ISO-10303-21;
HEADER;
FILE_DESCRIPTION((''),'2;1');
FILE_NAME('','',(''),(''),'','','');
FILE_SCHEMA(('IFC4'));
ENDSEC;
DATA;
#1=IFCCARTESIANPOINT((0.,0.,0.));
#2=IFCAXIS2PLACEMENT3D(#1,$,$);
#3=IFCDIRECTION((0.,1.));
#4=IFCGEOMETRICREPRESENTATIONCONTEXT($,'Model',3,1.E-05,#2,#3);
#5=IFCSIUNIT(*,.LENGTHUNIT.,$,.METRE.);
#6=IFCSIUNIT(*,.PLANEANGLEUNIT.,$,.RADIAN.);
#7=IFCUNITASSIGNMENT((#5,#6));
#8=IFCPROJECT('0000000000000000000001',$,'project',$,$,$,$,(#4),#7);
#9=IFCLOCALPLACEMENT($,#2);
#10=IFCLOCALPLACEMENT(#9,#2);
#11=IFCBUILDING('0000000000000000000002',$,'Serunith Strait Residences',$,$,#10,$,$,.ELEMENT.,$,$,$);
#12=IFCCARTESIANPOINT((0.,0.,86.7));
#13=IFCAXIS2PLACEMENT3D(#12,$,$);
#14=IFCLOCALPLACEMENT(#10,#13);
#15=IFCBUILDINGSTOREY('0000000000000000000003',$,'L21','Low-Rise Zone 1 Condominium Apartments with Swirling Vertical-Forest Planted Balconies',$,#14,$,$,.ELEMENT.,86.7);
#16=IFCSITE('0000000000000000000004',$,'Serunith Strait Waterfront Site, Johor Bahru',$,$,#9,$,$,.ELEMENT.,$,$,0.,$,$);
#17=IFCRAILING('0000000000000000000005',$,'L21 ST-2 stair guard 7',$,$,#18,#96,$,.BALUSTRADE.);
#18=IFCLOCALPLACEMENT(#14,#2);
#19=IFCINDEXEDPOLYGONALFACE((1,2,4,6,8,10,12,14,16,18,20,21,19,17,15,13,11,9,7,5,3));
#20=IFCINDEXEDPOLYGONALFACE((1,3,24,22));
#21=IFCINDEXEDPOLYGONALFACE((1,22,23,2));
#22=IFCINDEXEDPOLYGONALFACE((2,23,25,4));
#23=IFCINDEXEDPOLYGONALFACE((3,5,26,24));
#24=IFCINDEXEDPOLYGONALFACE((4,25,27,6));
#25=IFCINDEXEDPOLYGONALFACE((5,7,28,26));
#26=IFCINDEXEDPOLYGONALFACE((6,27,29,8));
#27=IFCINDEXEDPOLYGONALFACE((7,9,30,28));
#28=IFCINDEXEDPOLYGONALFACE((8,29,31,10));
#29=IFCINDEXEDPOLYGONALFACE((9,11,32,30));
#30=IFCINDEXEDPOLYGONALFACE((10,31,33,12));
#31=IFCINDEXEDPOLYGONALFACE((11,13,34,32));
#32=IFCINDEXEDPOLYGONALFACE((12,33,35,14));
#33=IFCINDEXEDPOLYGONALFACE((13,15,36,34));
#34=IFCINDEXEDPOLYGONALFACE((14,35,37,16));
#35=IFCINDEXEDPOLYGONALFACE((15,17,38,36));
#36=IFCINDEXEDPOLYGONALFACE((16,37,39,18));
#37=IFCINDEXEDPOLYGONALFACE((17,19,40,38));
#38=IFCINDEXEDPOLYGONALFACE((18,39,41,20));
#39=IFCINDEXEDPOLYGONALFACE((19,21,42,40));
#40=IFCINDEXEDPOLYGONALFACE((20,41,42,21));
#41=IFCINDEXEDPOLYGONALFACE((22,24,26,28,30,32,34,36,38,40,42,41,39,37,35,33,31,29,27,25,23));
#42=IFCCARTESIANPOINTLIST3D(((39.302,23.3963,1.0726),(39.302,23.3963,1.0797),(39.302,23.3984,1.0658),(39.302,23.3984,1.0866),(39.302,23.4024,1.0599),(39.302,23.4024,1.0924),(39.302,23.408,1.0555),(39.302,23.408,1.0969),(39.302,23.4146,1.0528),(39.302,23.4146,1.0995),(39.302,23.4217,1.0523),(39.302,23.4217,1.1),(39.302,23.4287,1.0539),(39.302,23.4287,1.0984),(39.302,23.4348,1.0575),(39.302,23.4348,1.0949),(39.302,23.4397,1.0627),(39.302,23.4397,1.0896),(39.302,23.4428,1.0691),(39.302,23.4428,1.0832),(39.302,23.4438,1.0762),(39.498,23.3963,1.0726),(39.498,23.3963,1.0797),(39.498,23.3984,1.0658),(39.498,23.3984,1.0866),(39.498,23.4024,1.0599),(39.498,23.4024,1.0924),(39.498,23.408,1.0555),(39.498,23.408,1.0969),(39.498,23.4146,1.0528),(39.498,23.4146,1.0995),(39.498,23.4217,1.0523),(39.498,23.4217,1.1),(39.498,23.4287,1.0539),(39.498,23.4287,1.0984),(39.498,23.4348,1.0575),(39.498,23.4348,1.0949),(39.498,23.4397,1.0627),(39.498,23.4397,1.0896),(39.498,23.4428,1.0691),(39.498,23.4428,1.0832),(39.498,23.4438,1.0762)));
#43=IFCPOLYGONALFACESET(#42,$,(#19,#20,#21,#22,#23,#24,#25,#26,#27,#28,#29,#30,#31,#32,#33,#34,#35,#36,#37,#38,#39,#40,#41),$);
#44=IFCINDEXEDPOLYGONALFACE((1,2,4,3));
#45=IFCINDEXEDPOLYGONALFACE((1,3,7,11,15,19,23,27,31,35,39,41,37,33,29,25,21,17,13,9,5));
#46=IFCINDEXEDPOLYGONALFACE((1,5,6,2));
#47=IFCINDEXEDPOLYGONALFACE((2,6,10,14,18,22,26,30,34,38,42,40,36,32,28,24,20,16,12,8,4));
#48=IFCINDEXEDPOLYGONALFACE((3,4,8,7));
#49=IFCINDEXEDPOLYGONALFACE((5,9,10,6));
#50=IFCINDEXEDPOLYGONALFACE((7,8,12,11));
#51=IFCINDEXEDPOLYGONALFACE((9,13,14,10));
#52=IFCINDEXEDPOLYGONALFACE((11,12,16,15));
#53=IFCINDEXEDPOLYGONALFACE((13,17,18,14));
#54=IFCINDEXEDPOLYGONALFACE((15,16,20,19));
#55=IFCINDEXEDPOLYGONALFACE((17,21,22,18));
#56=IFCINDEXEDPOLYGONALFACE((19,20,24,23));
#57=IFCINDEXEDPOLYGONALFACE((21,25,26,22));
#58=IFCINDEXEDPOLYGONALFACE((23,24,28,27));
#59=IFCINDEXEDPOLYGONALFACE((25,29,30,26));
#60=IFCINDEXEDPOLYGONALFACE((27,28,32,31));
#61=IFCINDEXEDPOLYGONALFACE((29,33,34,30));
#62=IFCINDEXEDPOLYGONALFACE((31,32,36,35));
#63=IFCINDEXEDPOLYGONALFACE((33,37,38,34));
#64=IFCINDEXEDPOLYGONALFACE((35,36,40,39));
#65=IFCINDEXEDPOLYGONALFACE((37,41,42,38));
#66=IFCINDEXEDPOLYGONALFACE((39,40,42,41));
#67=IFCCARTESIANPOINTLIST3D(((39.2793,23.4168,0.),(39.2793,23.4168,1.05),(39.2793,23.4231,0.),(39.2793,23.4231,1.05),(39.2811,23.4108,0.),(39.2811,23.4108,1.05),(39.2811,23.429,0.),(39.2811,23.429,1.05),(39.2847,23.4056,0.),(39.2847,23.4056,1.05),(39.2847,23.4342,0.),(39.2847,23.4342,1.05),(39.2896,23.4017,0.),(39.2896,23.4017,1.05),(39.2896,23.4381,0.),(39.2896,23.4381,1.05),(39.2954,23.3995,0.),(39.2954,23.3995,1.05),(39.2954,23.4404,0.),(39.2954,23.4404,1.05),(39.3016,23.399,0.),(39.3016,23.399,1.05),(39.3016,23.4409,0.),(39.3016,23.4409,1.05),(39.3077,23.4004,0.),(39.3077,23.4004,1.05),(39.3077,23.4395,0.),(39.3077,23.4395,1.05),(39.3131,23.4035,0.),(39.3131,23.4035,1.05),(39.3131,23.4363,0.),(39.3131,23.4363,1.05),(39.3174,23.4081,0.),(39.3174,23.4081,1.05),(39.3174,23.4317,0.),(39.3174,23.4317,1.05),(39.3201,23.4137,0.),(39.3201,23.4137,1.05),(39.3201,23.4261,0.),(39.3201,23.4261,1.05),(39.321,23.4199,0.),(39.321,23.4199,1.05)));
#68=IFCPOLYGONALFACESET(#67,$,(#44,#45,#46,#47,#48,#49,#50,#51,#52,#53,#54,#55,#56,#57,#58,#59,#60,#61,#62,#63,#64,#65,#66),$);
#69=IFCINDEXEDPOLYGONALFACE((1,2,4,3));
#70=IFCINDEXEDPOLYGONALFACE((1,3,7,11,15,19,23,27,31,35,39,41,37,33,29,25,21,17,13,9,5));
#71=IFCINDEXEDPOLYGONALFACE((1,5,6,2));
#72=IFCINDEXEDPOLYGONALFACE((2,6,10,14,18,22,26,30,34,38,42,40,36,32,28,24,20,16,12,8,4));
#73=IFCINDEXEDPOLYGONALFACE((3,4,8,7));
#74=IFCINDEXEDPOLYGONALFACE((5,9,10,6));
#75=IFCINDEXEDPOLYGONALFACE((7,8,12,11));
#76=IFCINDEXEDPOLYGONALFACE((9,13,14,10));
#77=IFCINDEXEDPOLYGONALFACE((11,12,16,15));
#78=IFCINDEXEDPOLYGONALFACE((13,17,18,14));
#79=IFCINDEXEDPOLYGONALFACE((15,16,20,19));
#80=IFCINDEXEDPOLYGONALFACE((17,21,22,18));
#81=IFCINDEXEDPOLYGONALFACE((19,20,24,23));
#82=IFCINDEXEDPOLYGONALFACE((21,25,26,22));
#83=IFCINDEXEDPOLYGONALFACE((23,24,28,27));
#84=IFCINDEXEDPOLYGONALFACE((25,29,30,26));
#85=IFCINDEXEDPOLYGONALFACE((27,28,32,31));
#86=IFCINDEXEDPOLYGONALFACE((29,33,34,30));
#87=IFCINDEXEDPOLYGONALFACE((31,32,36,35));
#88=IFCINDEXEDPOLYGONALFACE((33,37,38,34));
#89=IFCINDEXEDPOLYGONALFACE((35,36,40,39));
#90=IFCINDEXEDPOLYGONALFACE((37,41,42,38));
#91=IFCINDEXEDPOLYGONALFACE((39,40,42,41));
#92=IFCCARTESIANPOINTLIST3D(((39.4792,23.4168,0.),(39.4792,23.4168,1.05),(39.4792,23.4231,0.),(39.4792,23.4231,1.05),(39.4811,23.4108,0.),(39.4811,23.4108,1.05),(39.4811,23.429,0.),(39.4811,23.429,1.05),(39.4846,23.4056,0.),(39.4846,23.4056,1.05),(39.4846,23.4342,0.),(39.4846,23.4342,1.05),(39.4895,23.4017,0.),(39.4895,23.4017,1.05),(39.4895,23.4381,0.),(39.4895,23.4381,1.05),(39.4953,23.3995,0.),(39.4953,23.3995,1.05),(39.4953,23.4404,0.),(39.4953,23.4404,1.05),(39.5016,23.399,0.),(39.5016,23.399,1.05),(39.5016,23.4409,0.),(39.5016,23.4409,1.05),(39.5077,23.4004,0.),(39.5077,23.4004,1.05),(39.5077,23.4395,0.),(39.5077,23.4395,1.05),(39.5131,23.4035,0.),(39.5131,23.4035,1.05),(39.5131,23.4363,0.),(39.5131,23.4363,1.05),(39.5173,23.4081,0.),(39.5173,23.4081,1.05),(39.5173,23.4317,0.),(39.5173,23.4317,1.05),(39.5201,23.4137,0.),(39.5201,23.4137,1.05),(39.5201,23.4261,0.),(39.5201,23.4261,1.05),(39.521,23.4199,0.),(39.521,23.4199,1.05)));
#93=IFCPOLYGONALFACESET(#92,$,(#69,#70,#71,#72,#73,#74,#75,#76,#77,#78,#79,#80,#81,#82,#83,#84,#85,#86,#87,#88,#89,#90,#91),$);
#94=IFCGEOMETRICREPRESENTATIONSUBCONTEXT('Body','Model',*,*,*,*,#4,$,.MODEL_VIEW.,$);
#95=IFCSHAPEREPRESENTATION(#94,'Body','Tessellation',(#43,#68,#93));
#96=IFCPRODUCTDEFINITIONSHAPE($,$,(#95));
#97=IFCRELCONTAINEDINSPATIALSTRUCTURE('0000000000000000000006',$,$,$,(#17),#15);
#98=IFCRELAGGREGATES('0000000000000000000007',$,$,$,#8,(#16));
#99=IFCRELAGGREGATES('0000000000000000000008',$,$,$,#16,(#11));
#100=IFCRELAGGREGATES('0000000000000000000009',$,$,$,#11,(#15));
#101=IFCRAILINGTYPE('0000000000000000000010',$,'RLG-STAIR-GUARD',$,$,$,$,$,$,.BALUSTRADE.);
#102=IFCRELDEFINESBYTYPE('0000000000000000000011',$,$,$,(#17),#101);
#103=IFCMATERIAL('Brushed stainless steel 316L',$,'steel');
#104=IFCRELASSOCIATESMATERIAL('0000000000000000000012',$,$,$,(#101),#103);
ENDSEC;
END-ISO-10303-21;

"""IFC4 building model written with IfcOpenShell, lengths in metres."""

from ifc_helpers import new_model, si_unit, direction, frame, origin, origin_2d, place, context, subcontext, project, spatial, circle, extrude, material, type_object, element, save


model = new_model("IFC4")

# Units and contexts
model_context = context("Model", 3, precision=1e-05, world=origin(), true_north=direction((0.0, 1.0)))
body_context = subcontext(model_context, "Body", "Model", "MODEL_VIEW")
ifc_project = project(units=[si_unit("LENGTHUNIT", "METRE"), si_unit("PLANEANGLEUNIT", "RADIAN")], contexts=[model_context])

# Site, building, storey
site_placement = place(None, origin())
site = spatial("IfcSite", under=ifc_project, at=site_placement, Name="Serunith Strait Waterfront Site, Johor Bahru", CompositionType="ELEMENT", RefElevation=0.0)
building_placement = place(site_placement, origin())
building = spatial("IfcBuilding", under=site, at=building_placement, Name="Serunith Strait Residences", CompositionType="ELEMENT")
storey_placement = place(building_placement, frame((0.0, 0.0, 86.7)))
storey = spatial("IfcBuildingStorey", under=building, at=storey_placement, Name="L21", Description="Low-Rise Zone 1 Condominium Apartments with Swirling Vertical-Forest Planted Balconies", CompositionType="ELEMENT", Elevation=86.7)

# Railing
ifc_material_1 = material(Name="Brushed stainless steel 316L", Category="steel")
railing_type_1 = type_object("IfcRailingType", Name="RLG-STAIR-GUARD", PredefinedType="BALUSTRADE", material=ifc_material_1)
railing_1_placement = place(storey_placement, frame((39.3, 23.4199, 0.0)))
element("IfcRailing", 1, at=railing_1_placement, inside=storey, type_object=railing_type_1, Name="L21 ST-2 stair guard 7", PredefinedType="BALUSTRADE", context=body_context, shape_type="SweptSolid", body=[
    extrude(circle(Radius=0.0239, at=origin_2d()), frame((0.002, 0.0, 1.0762), z_axis=(1.0, 0.0, 0.0), x_axis=(0.0, 1.0, 0.0)), (0.0, 0.0, 1.0), 0.196),
    extrude(circle(Radius=0.021, at=origin_2d()), origin(), (0.0, 0.0, 1.0), 1.05),
    extrude(circle(Radius=0.021, at=origin_2d()), frame((0.2, 0.0, 0.0)), (0.0, 0.0, 1.0), 1.05),
])

save(model, "model.ifc")
